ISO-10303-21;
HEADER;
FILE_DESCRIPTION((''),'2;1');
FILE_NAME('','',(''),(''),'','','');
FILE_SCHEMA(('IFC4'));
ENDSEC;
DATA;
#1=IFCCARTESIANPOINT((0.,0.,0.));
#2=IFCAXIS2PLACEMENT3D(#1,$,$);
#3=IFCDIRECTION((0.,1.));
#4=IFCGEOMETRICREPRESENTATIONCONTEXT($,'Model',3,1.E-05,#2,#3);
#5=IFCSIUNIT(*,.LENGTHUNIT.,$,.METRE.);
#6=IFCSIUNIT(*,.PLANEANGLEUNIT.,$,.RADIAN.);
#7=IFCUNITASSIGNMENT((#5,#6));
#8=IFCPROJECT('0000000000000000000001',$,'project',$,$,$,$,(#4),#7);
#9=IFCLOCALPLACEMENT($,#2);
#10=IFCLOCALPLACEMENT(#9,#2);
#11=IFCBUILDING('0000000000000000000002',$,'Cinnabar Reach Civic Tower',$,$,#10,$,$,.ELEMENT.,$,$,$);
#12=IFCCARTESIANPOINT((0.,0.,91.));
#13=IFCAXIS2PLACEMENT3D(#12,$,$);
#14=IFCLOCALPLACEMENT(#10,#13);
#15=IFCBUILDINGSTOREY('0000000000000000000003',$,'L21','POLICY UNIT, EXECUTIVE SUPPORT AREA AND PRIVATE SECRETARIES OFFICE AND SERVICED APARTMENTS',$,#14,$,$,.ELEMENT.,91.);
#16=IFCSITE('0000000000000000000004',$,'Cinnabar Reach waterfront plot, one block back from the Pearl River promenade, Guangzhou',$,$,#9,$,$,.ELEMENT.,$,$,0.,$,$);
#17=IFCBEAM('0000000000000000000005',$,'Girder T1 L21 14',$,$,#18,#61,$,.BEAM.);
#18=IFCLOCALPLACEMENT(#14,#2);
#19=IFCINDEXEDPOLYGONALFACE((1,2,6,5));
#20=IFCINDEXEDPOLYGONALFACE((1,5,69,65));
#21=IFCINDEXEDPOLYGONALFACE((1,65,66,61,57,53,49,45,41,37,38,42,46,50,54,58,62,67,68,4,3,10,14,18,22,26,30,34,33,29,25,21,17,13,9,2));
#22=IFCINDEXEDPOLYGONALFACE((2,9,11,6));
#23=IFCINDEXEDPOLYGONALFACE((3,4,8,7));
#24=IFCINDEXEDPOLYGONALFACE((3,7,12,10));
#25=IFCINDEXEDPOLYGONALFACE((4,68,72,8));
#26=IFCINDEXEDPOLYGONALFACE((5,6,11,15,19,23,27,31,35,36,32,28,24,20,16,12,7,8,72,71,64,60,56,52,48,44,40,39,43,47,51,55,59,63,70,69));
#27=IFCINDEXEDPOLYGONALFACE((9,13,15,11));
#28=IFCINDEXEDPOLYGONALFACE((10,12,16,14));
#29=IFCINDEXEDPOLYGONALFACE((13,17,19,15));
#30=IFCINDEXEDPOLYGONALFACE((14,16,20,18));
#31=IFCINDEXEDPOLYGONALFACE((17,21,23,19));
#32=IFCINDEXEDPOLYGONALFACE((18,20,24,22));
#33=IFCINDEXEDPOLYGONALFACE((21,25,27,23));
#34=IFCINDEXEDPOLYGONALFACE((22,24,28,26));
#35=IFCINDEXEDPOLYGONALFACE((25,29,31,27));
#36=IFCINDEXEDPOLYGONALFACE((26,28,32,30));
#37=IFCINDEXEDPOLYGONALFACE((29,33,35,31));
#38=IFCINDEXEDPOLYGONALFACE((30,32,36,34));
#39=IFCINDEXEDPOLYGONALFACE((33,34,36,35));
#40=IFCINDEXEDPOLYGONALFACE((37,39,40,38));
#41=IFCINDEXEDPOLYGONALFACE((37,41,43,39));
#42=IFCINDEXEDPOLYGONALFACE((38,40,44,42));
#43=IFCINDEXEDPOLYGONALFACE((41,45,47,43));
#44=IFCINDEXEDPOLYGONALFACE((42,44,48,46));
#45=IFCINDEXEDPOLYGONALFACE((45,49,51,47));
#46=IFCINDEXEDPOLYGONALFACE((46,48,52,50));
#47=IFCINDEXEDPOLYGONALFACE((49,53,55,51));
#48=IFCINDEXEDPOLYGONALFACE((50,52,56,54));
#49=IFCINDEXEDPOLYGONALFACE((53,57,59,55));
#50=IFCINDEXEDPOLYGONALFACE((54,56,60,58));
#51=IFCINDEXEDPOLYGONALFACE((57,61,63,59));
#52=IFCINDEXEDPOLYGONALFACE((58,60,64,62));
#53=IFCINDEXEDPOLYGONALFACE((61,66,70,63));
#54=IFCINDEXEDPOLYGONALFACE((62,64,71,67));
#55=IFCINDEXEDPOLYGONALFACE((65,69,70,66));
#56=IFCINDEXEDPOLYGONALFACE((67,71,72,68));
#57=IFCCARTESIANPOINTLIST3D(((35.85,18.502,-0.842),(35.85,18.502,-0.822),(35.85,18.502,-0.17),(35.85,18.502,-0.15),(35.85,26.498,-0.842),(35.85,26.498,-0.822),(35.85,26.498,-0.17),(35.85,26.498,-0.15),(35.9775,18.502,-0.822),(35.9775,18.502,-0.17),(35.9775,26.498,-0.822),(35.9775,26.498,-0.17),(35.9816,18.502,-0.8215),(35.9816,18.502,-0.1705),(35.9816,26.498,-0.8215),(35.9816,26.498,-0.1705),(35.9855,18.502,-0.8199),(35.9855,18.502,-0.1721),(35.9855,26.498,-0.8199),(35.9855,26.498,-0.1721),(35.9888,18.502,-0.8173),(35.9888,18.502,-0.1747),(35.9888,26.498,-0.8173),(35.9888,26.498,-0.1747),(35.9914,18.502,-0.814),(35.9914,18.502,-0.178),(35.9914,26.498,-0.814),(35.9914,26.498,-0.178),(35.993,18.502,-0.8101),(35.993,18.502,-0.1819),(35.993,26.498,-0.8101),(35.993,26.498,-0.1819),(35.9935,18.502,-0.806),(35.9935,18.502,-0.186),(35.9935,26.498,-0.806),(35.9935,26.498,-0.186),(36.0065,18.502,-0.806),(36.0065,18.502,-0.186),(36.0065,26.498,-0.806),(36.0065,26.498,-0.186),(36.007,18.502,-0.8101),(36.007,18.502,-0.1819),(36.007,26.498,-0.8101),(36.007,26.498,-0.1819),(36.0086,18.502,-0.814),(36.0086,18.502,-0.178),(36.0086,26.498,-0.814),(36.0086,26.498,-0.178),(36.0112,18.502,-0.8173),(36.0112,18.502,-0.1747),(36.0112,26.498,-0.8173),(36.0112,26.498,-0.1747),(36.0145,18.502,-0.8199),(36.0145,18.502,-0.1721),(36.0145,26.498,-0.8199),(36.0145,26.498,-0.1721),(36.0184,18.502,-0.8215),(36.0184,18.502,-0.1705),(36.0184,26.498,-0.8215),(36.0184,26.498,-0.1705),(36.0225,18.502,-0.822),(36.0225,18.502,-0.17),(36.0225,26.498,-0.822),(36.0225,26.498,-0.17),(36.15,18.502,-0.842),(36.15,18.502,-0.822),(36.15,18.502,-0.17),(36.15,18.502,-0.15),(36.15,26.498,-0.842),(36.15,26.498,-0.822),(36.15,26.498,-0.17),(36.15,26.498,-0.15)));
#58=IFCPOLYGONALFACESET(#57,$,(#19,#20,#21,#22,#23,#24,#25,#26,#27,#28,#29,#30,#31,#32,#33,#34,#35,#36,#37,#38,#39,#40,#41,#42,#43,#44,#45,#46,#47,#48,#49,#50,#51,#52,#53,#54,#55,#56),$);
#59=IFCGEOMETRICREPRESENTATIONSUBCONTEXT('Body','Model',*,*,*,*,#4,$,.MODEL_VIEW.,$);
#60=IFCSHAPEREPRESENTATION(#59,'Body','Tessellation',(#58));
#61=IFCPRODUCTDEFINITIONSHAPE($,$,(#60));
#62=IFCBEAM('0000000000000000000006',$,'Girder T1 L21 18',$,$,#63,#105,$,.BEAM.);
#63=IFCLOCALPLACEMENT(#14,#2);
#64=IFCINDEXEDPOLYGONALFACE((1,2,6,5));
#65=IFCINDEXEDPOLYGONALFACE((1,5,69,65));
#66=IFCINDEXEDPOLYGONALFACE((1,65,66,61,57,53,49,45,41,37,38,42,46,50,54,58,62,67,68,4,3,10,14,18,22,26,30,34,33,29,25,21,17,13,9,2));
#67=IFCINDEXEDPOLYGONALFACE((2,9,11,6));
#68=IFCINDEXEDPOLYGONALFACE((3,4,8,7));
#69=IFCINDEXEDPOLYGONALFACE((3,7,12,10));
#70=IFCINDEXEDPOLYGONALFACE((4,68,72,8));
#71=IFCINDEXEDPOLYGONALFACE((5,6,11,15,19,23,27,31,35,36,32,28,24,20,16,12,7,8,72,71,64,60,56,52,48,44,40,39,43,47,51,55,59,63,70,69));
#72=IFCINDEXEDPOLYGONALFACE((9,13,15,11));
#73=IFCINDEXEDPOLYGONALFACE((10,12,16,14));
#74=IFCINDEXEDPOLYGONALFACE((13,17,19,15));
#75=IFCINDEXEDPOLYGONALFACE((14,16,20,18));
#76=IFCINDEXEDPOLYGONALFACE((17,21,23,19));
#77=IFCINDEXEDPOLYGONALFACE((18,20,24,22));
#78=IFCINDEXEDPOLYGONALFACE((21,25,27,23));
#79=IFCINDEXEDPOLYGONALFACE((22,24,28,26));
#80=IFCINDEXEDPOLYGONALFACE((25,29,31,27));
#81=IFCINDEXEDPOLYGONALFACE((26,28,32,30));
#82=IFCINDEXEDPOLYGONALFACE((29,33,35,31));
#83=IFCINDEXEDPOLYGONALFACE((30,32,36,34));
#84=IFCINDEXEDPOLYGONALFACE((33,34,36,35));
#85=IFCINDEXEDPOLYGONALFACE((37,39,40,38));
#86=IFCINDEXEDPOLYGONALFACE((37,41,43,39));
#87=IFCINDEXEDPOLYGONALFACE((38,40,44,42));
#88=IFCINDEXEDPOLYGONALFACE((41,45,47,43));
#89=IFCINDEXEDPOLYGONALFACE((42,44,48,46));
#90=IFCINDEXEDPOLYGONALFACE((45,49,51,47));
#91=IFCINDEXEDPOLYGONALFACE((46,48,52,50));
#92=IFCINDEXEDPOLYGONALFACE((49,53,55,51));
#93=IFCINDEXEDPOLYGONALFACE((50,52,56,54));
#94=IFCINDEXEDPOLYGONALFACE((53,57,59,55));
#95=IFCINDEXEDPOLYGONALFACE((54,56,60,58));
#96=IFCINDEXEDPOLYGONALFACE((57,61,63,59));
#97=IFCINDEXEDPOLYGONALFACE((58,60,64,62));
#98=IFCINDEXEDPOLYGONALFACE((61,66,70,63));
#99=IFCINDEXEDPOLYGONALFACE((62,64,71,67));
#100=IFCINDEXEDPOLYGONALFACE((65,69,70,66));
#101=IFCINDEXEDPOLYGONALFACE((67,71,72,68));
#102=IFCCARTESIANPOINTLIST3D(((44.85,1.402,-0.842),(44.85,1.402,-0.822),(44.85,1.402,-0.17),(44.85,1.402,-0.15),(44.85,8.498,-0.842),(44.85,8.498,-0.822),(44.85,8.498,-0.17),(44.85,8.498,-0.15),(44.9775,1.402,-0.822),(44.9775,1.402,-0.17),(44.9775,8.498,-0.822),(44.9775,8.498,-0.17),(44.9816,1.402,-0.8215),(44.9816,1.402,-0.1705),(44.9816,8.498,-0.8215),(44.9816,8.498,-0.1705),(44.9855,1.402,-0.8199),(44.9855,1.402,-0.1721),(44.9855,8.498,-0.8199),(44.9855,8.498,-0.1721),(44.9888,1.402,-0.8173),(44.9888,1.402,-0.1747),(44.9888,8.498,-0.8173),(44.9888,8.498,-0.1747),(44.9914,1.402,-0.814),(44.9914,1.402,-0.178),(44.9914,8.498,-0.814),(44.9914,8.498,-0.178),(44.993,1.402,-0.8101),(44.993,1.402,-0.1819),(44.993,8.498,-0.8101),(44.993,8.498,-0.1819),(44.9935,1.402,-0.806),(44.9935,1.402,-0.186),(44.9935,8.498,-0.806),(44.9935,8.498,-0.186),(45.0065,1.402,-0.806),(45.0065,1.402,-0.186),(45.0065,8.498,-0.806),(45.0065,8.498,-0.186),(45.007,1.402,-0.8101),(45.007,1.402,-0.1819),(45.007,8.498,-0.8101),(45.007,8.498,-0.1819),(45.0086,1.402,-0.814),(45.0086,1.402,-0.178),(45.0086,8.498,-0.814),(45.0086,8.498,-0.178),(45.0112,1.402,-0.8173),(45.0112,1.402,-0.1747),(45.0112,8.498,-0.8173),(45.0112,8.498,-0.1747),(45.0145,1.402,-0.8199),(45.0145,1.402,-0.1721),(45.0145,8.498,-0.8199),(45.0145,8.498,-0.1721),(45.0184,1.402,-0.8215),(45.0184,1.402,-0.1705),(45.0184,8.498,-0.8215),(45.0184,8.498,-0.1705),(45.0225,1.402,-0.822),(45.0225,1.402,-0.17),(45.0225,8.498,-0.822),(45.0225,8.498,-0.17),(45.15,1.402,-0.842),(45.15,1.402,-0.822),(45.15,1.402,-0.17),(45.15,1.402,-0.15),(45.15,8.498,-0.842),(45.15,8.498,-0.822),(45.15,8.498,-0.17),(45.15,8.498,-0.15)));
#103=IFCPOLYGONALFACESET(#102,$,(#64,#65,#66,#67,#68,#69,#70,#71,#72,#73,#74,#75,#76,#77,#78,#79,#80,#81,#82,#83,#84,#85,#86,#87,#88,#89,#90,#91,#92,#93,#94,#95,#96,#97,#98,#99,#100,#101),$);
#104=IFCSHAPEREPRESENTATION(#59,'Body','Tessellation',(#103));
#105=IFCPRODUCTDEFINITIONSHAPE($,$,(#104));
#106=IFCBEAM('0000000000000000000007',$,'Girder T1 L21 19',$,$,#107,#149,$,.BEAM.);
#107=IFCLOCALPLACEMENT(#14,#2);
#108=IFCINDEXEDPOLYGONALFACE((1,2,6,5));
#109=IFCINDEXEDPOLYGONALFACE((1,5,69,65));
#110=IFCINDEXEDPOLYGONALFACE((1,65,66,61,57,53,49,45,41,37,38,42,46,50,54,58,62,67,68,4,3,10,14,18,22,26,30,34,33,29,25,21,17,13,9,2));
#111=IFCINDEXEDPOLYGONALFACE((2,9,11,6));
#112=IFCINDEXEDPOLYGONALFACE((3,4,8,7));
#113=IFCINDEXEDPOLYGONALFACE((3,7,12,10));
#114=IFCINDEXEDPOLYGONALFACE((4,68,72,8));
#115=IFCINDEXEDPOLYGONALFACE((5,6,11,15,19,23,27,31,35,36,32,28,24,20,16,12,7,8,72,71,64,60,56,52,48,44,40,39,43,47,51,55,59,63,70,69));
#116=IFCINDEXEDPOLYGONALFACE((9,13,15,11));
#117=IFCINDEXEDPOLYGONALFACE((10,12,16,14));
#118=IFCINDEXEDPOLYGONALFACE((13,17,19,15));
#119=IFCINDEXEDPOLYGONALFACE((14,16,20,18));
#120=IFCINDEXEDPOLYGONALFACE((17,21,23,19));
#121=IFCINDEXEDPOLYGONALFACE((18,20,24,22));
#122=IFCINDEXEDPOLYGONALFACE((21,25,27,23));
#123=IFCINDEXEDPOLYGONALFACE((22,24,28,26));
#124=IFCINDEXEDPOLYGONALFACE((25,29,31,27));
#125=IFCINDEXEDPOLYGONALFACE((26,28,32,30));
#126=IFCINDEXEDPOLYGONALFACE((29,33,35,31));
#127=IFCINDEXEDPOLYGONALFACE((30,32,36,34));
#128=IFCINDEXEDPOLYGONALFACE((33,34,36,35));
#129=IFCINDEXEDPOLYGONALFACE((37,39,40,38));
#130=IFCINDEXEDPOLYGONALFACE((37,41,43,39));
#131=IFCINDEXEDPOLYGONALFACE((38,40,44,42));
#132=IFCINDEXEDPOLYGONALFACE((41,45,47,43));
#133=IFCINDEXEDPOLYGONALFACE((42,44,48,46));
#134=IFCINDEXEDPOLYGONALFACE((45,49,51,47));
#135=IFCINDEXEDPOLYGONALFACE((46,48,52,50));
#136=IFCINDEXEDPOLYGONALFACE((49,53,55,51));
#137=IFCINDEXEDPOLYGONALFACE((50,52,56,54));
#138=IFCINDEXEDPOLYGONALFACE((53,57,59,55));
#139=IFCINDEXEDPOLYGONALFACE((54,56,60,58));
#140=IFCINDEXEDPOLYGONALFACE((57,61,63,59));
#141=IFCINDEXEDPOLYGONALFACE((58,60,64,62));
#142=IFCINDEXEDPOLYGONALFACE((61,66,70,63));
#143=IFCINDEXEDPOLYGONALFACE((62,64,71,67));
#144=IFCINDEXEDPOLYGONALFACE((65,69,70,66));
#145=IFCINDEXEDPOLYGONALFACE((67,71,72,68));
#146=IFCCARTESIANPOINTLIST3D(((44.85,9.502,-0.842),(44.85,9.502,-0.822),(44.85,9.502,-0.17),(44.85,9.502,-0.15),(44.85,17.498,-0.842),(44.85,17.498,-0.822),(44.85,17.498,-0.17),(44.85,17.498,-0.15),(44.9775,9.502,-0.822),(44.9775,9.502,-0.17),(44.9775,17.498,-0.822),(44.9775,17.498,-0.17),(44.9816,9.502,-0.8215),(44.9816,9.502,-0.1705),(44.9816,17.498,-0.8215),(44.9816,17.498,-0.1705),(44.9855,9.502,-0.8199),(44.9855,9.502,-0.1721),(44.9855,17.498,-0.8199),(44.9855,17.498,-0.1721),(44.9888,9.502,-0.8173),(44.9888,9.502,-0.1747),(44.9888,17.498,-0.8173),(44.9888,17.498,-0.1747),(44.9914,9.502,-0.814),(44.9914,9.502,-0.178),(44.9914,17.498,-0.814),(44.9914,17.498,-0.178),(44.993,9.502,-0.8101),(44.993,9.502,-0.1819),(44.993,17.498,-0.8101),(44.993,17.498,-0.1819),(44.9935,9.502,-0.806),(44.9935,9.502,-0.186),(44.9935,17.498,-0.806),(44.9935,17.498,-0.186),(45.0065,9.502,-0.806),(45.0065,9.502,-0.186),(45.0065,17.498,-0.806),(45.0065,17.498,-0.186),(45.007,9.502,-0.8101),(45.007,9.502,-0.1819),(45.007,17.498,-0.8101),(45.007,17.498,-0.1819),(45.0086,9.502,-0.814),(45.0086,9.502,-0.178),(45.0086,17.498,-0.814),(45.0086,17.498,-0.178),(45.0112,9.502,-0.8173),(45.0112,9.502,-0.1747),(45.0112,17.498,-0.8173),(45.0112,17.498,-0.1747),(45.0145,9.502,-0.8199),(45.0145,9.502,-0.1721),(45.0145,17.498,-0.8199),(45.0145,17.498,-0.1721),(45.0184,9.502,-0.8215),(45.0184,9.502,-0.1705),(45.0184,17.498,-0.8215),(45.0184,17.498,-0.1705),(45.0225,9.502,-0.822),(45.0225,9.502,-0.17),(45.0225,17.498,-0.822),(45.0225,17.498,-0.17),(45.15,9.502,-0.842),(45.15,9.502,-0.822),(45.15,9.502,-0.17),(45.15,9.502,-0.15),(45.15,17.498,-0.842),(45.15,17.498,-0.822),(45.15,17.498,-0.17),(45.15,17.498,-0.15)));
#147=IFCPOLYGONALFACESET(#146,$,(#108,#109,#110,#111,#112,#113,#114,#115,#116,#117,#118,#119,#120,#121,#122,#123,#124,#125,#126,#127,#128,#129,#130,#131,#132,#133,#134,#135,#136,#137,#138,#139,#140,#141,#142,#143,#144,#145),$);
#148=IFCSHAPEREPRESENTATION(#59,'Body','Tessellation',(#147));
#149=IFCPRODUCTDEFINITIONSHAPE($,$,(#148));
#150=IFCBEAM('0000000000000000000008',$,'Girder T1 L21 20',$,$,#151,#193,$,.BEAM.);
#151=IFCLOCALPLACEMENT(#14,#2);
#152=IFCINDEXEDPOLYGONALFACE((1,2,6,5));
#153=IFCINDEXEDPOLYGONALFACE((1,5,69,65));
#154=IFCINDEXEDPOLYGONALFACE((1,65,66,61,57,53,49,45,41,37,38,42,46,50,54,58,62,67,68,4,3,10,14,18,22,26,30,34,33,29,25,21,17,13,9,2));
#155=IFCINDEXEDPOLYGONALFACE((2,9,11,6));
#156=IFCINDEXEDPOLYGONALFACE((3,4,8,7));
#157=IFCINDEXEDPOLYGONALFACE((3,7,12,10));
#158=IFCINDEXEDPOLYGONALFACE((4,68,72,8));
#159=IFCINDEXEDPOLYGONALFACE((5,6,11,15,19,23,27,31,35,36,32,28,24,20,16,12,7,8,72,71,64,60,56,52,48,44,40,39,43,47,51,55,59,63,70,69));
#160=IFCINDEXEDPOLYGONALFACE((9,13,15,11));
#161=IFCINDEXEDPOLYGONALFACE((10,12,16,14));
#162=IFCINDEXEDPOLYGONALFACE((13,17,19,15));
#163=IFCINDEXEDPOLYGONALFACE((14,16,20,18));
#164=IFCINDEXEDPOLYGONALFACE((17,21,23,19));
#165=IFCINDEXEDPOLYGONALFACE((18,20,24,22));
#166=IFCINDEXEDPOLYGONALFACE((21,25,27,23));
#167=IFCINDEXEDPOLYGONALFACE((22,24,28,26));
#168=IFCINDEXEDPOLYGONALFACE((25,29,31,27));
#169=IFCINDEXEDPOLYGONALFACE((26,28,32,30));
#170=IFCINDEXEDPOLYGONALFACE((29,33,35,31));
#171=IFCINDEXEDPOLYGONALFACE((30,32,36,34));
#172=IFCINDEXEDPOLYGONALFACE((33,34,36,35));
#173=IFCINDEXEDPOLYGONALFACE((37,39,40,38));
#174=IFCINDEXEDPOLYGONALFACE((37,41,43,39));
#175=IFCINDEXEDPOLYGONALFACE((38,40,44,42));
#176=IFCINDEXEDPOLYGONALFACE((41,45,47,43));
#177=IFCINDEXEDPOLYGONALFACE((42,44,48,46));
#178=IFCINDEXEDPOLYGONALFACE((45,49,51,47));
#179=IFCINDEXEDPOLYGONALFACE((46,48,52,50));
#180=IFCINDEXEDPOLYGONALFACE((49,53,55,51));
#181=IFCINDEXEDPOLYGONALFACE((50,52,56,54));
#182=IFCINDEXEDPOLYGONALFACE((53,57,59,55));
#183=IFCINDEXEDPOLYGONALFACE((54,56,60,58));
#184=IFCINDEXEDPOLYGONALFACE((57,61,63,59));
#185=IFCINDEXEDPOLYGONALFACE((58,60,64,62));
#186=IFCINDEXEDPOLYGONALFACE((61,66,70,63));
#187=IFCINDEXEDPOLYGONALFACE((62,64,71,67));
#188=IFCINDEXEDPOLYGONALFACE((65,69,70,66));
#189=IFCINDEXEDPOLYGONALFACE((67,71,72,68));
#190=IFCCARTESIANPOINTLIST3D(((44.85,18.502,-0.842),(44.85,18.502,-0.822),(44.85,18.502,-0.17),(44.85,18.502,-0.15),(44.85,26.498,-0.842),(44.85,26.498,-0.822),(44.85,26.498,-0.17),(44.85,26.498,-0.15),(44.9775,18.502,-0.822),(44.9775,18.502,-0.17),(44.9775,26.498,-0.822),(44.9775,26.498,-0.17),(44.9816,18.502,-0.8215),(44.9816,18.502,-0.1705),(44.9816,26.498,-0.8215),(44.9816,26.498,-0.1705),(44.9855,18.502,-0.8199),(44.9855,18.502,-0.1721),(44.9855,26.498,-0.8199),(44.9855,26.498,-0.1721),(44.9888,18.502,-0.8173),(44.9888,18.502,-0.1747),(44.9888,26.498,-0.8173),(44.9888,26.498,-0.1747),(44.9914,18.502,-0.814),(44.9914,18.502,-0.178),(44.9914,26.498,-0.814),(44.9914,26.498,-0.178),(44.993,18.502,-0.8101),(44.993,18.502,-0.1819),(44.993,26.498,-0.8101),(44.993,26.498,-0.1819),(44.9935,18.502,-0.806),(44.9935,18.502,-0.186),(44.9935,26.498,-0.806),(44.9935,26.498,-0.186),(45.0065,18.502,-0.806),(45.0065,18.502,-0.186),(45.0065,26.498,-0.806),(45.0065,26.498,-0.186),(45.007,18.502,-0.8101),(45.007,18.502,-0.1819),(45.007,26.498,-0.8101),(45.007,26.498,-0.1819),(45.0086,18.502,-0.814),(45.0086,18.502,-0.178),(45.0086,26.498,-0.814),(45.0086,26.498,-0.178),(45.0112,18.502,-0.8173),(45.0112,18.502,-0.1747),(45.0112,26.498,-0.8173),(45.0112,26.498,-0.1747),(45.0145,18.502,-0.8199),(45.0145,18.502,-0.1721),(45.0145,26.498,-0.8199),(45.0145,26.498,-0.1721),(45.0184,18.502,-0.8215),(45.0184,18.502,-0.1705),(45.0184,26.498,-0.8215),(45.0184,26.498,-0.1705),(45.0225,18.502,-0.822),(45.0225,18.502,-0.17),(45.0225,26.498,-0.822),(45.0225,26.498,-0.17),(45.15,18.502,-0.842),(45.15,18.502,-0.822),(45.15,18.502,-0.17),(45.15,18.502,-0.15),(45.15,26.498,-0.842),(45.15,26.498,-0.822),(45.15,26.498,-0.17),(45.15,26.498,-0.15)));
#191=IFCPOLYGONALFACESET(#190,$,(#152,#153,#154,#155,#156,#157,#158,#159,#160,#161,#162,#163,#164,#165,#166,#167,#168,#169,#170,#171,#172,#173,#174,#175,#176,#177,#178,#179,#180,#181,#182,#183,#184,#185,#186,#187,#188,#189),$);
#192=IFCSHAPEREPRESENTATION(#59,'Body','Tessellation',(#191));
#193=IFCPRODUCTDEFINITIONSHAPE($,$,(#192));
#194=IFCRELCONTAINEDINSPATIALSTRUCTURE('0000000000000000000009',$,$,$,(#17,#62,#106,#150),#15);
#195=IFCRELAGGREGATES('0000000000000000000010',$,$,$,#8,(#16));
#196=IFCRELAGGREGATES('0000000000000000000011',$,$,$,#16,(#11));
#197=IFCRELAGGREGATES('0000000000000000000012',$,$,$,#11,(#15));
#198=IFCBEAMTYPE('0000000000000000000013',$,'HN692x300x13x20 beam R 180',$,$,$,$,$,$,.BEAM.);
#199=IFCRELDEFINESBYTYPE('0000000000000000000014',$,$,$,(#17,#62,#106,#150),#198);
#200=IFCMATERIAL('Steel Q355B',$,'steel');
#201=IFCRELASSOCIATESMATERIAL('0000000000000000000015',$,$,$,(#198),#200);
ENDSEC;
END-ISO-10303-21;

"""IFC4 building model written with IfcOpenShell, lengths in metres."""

from ifc_helpers import new_model, si_unit, direction, frame, origin, origin_2d, place, context, subcontext, project, spatial, i_section, extrude, material, material_profile, profile_set, type_object, element, save


model = new_model("IFC4")

# Units and contexts
model_context = context("Model", 3, precision=1e-05, world=origin(), true_north=direction((0.0, 1.0)))
body_context = subcontext(model_context, "Body", "Model", "MODEL_VIEW")
ifc_project = project(units=[si_unit("LENGTHUNIT", "METRE"), si_unit("PLANEANGLEUNIT", "RADIAN")], contexts=[model_context])

# Site, building, storey
site_placement = place(None, origin())
site = spatial("IfcSite", under=ifc_project, at=site_placement, Name="Cinnabar Reach waterfront plot, one block back from the Pearl River promenade, Guangzhou", CompositionType="ELEMENT", RefElevation=0.0)
building_placement = place(site_placement, origin())
building = spatial("IfcBuilding", under=site, at=building_placement, Name="Cinnabar Reach Civic Tower", CompositionType="ELEMENT")
storey_placement = place(building_placement, frame((0.0, 0.0, 91.0)))
storey = spatial("IfcBuildingStorey", under=building, at=storey_placement, Name="L21", Description="POLICY UNIT, EXECUTIVE SUPPORT AREA AND PRIVATE SECRETARIES OFFICE AND SERVICED APARTMENTS", CompositionType="ELEMENT", Elevation=91.0)

# Beams
ifc_material_1 = material(Name="Steel Q355B", Category="steel")
ifc_material_profile_1 = material_profile(ifc_material_1, i_section(OverallWidth=0.3, OverallDepth=0.692, WebThickness=0.013, FlangeThickness=0.02, FilletRadius=0.016, at=origin_2d()), Name="HN692x300x13x20")
ifc_profile_set_1 = profile_set([ifc_material_profile_1], Name="Steel Q355B")
beam_type_1 = type_object("IfcBeamType", Name="HN692x300x13x20 beam R 180", PredefinedType="BEAM", material=ifc_profile_set_1)
for number, where, z_axis, x_axis, name in (
    (1, (36.0, 18.502, -0.496), (0.0, 1.0, 0.0), (-1.0, 0.0, 0.0), "Girder T1 L21 14"),
):
    element("IfcBeam", number, at=place(storey_placement, frame(where, z_axis=z_axis, x_axis=x_axis)), inside=storey, type_object=beam_type_1, Name=name, PredefinedType="BEAM", context=body_context, shape_type="SweptSolid", body=[
        extrude(i_section(OverallWidth=0.3, OverallDepth=0.692, WebThickness=0.013, FlangeThickness=0.02, FilletRadius=0.016, at=origin_2d()), origin(), (0.0, 0.0, 1.0), 7.996),
    ])
beam_1_placement = place(storey_placement, frame((45.0, 1.402, -0.496), z_axis=(0.0, 1.0, 0.0), x_axis=(-1.0, 0.0, 0.0)))
element("IfcBeam", 2, at=beam_1_placement, inside=storey, type_object=beam_type_1, Name="Girder T1 L21 18", PredefinedType="BEAM", context=body_context, shape_type="SweptSolid", body=[
    extrude(i_section(OverallWidth=0.3, OverallDepth=0.692, WebThickness=0.013, FlangeThickness=0.02, FilletRadius=0.016, at=origin_2d()), origin(), (0.0, 0.0, 1.0), 7.096),
])
for number, where, z_axis, x_axis, name in (
    (3, (45.0, 9.502, -0.496), (0.0, 1.0, 0.0), (-1.0, 0.0, 0.0), "Girder T1 L21 19"),
    (4, (45.0, 18.502, -0.496), (0.0, 1.0, 0.0), (-1.0, 0.0, 0.0), "Girder T1 L21 20"),
):
    element("IfcBeam", number, at=place(storey_placement, frame(where, z_axis=z_axis, x_axis=x_axis)), inside=storey, type_object=beam_type_1, Name=name, PredefinedType="BEAM", context=body_context, shape_type="SweptSolid", body=[
        extrude(i_section(OverallWidth=0.3, OverallDepth=0.692, WebThickness=0.013, FlangeThickness=0.02, FilletRadius=0.016, at=origin_2d()), origin(), (0.0, 0.0, 1.0), 7.996),
    ])

save(model, "model.ifc")
